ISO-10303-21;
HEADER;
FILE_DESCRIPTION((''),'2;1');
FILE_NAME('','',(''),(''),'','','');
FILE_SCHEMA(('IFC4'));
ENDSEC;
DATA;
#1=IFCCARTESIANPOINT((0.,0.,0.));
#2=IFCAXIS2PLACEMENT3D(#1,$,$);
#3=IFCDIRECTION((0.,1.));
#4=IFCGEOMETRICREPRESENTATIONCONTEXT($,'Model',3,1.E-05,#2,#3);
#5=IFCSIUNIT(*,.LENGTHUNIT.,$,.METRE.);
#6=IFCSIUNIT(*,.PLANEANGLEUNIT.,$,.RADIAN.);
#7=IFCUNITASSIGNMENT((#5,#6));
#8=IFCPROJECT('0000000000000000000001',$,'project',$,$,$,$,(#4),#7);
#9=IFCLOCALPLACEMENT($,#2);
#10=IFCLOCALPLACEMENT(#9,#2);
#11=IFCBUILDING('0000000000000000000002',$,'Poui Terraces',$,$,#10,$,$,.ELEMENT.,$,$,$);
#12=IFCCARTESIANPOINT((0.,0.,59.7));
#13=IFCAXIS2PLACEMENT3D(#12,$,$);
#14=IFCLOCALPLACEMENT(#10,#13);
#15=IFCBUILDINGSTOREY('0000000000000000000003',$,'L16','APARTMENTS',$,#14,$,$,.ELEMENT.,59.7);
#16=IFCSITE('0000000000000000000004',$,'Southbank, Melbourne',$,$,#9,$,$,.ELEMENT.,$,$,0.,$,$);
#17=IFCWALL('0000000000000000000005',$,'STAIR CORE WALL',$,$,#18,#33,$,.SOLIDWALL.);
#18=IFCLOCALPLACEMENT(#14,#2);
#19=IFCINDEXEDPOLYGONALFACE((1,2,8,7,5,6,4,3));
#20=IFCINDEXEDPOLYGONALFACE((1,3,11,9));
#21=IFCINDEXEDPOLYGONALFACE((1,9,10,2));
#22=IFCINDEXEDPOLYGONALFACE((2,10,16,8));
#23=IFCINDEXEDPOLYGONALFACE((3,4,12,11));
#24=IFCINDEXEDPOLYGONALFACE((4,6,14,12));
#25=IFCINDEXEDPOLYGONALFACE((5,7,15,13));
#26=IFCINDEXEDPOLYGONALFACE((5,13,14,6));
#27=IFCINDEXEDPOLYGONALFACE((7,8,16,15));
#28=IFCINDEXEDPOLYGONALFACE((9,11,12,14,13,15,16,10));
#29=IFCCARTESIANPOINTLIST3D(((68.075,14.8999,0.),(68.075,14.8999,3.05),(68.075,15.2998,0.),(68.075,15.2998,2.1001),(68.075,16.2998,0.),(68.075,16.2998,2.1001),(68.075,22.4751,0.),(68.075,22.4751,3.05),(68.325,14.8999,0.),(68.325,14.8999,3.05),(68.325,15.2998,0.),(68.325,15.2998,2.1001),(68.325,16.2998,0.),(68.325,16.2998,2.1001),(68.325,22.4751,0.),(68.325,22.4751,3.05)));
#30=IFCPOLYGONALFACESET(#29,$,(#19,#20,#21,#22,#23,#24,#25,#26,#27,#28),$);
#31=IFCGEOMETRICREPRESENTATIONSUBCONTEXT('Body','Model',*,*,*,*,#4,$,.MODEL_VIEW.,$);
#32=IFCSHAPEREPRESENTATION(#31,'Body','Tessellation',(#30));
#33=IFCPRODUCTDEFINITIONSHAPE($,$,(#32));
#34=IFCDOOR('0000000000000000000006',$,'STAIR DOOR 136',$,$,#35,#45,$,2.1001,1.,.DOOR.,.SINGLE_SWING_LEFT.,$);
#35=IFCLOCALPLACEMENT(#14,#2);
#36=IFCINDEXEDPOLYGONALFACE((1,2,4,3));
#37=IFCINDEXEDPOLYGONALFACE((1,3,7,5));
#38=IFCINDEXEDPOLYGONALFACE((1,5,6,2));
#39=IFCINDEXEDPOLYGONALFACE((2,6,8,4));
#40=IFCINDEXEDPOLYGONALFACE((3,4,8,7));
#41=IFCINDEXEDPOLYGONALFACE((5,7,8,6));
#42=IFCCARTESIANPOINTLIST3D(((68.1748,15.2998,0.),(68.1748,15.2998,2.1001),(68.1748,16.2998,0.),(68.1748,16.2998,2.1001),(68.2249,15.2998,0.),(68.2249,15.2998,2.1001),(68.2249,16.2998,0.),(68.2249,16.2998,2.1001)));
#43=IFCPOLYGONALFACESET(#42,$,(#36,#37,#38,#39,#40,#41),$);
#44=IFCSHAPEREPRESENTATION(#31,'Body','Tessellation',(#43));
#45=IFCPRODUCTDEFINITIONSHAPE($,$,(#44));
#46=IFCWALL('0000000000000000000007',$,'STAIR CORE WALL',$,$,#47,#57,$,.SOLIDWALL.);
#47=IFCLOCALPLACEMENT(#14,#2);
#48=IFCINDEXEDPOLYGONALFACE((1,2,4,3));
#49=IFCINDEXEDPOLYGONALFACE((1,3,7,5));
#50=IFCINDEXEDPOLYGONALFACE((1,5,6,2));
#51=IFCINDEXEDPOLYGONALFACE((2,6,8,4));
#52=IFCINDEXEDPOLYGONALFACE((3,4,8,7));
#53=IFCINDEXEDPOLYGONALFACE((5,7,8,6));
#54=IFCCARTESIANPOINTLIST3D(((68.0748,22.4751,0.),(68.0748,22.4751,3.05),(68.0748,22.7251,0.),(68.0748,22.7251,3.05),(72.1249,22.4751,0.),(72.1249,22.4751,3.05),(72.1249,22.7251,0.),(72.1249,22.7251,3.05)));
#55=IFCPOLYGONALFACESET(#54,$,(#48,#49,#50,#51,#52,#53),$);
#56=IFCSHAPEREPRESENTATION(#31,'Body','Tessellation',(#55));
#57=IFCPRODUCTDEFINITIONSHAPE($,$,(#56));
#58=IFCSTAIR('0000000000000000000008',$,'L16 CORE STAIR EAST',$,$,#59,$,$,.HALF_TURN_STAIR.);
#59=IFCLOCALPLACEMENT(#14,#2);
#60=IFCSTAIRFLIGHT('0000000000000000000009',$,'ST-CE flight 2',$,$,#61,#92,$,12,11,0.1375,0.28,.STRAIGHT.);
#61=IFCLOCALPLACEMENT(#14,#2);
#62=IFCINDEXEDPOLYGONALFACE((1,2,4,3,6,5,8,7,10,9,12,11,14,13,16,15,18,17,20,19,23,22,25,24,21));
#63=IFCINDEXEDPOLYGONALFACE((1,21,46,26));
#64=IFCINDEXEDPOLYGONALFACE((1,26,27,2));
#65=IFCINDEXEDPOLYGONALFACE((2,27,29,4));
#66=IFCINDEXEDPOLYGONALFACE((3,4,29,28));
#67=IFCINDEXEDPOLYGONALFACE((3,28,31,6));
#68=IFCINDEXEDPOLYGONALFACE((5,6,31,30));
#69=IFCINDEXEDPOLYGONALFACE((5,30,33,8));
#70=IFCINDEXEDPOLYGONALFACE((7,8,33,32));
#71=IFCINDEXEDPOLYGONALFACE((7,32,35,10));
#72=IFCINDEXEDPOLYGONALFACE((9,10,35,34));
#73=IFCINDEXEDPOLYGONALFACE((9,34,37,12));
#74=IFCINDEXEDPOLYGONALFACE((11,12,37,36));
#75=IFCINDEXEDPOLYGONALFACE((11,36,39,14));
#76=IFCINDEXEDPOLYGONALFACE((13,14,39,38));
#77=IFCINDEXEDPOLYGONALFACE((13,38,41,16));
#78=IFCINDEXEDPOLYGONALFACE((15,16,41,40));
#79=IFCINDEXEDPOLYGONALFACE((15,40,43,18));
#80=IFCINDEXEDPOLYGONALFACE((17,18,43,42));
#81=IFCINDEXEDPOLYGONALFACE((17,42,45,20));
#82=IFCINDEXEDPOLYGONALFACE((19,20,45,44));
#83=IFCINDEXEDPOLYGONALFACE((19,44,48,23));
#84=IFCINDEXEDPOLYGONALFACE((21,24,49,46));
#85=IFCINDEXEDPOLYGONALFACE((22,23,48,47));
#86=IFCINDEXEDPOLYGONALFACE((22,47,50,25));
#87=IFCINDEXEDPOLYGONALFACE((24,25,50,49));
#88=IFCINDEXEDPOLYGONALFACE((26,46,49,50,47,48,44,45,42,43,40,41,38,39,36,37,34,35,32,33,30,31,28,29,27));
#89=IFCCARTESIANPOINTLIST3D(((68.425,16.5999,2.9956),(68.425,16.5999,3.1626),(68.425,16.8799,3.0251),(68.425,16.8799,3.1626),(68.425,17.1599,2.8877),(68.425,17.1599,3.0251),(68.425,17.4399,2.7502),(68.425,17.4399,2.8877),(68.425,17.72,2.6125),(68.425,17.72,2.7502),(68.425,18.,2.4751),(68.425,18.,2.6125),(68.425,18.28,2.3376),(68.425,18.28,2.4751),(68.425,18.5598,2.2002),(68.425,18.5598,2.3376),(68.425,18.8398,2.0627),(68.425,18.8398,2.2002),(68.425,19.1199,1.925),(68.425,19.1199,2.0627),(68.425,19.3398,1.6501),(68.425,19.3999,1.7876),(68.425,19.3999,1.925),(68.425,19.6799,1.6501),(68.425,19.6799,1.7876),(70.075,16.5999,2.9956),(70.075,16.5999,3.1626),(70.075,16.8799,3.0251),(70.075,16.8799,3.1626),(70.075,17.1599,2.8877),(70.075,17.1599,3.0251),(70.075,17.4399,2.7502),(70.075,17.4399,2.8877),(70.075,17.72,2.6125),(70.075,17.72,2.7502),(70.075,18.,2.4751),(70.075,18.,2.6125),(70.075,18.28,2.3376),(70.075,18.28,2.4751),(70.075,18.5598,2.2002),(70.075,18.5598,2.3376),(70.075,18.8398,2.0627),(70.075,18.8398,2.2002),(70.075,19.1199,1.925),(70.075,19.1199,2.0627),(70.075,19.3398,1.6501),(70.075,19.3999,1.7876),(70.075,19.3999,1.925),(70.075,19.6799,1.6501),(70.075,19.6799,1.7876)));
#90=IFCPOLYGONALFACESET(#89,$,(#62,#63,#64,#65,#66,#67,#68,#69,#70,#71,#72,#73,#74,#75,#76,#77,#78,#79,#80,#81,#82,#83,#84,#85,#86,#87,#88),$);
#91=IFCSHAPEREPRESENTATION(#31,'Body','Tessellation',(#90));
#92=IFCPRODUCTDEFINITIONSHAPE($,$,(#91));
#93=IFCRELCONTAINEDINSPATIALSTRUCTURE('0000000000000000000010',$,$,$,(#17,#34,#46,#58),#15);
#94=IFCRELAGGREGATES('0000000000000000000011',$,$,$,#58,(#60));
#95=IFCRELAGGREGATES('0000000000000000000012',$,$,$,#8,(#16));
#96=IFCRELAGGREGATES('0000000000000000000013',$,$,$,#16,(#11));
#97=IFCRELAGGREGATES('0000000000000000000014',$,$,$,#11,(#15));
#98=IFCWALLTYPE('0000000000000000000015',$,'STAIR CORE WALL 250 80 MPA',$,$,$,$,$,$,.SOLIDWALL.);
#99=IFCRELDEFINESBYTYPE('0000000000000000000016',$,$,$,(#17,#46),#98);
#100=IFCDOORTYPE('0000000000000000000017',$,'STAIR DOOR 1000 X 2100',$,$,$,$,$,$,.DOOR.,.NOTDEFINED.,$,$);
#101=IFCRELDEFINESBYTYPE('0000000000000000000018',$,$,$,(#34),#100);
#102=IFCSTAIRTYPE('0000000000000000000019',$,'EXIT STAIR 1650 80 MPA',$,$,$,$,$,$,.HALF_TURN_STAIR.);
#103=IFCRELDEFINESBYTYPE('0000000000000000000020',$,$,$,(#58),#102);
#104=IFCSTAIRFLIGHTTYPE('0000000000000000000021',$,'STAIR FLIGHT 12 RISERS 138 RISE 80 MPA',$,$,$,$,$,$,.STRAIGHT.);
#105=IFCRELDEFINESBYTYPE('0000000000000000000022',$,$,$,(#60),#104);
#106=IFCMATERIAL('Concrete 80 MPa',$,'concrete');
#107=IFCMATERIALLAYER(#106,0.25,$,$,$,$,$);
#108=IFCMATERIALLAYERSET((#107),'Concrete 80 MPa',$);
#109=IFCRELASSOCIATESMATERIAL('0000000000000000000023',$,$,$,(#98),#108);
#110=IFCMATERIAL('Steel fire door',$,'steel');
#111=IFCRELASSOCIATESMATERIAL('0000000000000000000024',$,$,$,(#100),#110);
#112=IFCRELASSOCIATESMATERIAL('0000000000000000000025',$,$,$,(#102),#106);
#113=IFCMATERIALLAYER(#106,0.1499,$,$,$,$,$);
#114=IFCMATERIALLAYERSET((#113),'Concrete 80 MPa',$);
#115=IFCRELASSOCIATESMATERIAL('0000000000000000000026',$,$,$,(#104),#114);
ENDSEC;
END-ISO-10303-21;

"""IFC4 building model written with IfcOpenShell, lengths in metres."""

from ifc_helpers import new_model, si_unit, direction, frame, frame_2d, origin, place, context, subcontext, project, spatial, polyline, rectangle, outline, extrude, material, layer, layer_set, type_object, element, fill, aggregate, save


model = new_model("IFC4")

# Units and contexts
model_context = context("Model", 3, precision=1e-05, world=origin(), true_north=direction((0.0, 1.0)))
body_context = subcontext(model_context, "Body", "Model", "MODEL_VIEW")
ifc_project = project(units=[si_unit("LENGTHUNIT", "METRE"), si_unit("PLANEANGLEUNIT", "RADIAN")], contexts=[model_context])

# Site, building, storey
site_placement = place(None, origin())
site = spatial("IfcSite", under=ifc_project, at=site_placement, Name="Southbank, Melbourne", CompositionType="ELEMENT", RefElevation=0.0)
building_placement = place(site_placement, origin())
building = spatial("IfcBuilding", under=site, at=building_placement, Name="Poui Terraces", CompositionType="ELEMENT")
storey_placement = place(building_placement, frame((0.0, 0.0, 59.7)))
storey = spatial("IfcBuildingStorey", under=building, at=storey_placement, Name="L16", Description="APARTMENTS", CompositionType="ELEMENT", Elevation=59.7)

# Shared definitions
ifc_material_1 = material(Name="Concrete 80 MPa", Category="concrete")

# Shared definitions
ifc_material_2 = material(Name="Steel fire door", Category="steel")

# Wall, opening, door
ifc_layer_1 = layer(ifc_material_1, 0.25)
ifc_layer_set_1 = layer_set([ifc_layer_1], Name="Concrete 80 MPa")
wall_type_1 = type_object("IfcWallType", Name="STAIR CORE WALL 250 80 MPA", PredefinedType="SOLIDWALL", material=ifc_layer_set_1)
wall_1_placement = place(storey_placement, frame((68.2, 14.8999, 0.0), z_axis=(0.0, 0.0, 1.0), x_axis=(0.0, 1.0, 0.0)))
wall_1 = element("IfcWall", 1, at=wall_1_placement, inside=storey, type_object=wall_type_1, Name="STAIR CORE WALL", PredefinedType="SOLIDWALL", context=body_context, shape_type="SweptSolid", body=[
    extrude(rectangle(XDim=7.5752, YDim=0.25, at=frame_2d((3.7876, 0.0))), origin(), (0.0, 0.0, 1.0), 3.05),
])
opening_1_placement = place(wall_1_placement, frame((0.3999, 0.0, 0.0)))
opening_1 = element("IfcOpeningElement", 2, at=opening_1_placement, cuts=wall_1, PredefinedType="OPENING", context=body_context, shape_type="SweptSolid", body=[
    extrude(rectangle(XDim=1.0, YDim=2.1001, at=frame_2d((0.5, 1.05))), frame((0.0, 0.135, 0.0), z_axis=(0.0, -1.0, 0.0), x_axis=(1.0, 0.0, 0.0)), (0.0, 0.0, 1.0), 0.27),
])
door_type_1 = type_object("IfcDoorType", Name="STAIR DOOR 1000 X 2100", OperationType="NOTDEFINED", PredefinedType="DOOR", material=ifc_material_2)
door_1_placement = place(opening_1_placement, frame((1.0, 0.0, 0.0), z_axis=(0.0, 0.0, 1.0), x_axis=(-1.0, 0.0, 0.0)))
door_1 = element("IfcDoor", 3, at=door_1_placement, inside=storey, type_object=door_type_1, Name="STAIR DOOR 136", OperationType="SINGLE_SWING_LEFT", OverallHeight=2.1001, OverallWidth=1.0, PredefinedType="DOOR", context=body_context, shape_type="SweptSolid", body=[
    extrude(rectangle(XDim=1.0, YDim=2.1001, at=frame_2d((0.5, 1.05))), frame((0.0, 0.0249, 0.0), z_axis=(0.0, -1.0, 0.0), x_axis=(1.0, 0.0, 0.0)), (0.0, 0.0, 1.0), 0.05),
])
fill(opening_1, door_1)

# Wall
wall_2_placement = place(storey_placement, frame((68.075, 22.6001, 0.0), z_axis=(0.0, 0.0, 1.0), x_axis=(1.0, 0.0, 0.0)))
element("IfcWall", 4, at=wall_2_placement, inside=storey, type_object=wall_type_1, Name="STAIR CORE WALL", PredefinedType="SOLIDWALL", context=body_context, shape_type="SweptSolid", body=[
    extrude(rectangle(XDim=4.05, YDim=0.25, at=frame_2d((2.0249, 0.0))), origin(), (0.0, 0.0, 1.0), 3.05),
])

# Stair, stair flight
stair_type = type_object("IfcStairType", Name="EXIT STAIR 1650 80 MPA", PredefinedType="HALF_TURN_STAIR", material=ifc_material_1)
stair_placement = place(storey_placement, origin())
stair = element("IfcStair", 5, at=stair_placement, inside=storey, type_object=stair_type, Name="L16 CORE STAIR EAST", PredefinedType="HALF_TURN_STAIR")
ifc_layer_2 = layer(ifc_material_1, 0.1499)
ifc_layer_set_2 = layer_set([ifc_layer_2], Name="Concrete 80 MPa")
stair_flight_type = type_object("IfcStairFlightType", Name="STAIR FLIGHT 12 RISERS 138 RISE 80 MPA", PredefinedType="STRAIGHT", material=ifc_layer_set_2)
stair_flight_placement = place(storey_placement, frame((69.25, 19.6799, 1.6501), z_axis=(0.0, 0.0, 1.0), x_axis=(0.0, -1.0, 0.0)))
stair_flight = element("IfcStairFlight", 6, at=stair_flight_placement, type_object=stair_flight_type, Name="ST-CE flight 2", NumberOfRisers=12, NumberOfTreads=11, PredefinedType="STRAIGHT", RiserHeight=0.1375, TreadLength=0.28, context=body_context, shape_type="SweptSolid", body=[
    extrude(outline(polyline([(0.0, 0.0), (0.0, 0.1375), (0.28, 0.1375), (0.28, 0.2749), (0.5601, 0.2749), (0.5601, 0.4126), (0.8401, 0.4126), (0.8401, 0.55), (1.1201, 0.55), (1.1201, 0.6875), (1.3999, 0.6875), (1.3999, 0.825), (1.6799, 0.825), (1.6799, 0.9624), (1.96, 0.9624), (1.96, 1.1001), (2.24, 1.1001), (2.24, 1.2375), (2.52, 1.2375), (2.52, 1.375), (2.8, 1.375), (2.8, 1.5125), (3.0801, 1.5125), (3.0801, 1.6499), (3.0801, 1.3455), (0.3401, 0.0), (0.0, 0.0)])), frame((0.0, 0.825, 0.0), z_axis=(0.0, -1.0, 0.0), x_axis=(1.0, 0.0, 0.0)), (0.0, 0.0, 1.0), 1.6499),
])
aggregate(stair, [stair_flight])

save(model, "model.ifc")
